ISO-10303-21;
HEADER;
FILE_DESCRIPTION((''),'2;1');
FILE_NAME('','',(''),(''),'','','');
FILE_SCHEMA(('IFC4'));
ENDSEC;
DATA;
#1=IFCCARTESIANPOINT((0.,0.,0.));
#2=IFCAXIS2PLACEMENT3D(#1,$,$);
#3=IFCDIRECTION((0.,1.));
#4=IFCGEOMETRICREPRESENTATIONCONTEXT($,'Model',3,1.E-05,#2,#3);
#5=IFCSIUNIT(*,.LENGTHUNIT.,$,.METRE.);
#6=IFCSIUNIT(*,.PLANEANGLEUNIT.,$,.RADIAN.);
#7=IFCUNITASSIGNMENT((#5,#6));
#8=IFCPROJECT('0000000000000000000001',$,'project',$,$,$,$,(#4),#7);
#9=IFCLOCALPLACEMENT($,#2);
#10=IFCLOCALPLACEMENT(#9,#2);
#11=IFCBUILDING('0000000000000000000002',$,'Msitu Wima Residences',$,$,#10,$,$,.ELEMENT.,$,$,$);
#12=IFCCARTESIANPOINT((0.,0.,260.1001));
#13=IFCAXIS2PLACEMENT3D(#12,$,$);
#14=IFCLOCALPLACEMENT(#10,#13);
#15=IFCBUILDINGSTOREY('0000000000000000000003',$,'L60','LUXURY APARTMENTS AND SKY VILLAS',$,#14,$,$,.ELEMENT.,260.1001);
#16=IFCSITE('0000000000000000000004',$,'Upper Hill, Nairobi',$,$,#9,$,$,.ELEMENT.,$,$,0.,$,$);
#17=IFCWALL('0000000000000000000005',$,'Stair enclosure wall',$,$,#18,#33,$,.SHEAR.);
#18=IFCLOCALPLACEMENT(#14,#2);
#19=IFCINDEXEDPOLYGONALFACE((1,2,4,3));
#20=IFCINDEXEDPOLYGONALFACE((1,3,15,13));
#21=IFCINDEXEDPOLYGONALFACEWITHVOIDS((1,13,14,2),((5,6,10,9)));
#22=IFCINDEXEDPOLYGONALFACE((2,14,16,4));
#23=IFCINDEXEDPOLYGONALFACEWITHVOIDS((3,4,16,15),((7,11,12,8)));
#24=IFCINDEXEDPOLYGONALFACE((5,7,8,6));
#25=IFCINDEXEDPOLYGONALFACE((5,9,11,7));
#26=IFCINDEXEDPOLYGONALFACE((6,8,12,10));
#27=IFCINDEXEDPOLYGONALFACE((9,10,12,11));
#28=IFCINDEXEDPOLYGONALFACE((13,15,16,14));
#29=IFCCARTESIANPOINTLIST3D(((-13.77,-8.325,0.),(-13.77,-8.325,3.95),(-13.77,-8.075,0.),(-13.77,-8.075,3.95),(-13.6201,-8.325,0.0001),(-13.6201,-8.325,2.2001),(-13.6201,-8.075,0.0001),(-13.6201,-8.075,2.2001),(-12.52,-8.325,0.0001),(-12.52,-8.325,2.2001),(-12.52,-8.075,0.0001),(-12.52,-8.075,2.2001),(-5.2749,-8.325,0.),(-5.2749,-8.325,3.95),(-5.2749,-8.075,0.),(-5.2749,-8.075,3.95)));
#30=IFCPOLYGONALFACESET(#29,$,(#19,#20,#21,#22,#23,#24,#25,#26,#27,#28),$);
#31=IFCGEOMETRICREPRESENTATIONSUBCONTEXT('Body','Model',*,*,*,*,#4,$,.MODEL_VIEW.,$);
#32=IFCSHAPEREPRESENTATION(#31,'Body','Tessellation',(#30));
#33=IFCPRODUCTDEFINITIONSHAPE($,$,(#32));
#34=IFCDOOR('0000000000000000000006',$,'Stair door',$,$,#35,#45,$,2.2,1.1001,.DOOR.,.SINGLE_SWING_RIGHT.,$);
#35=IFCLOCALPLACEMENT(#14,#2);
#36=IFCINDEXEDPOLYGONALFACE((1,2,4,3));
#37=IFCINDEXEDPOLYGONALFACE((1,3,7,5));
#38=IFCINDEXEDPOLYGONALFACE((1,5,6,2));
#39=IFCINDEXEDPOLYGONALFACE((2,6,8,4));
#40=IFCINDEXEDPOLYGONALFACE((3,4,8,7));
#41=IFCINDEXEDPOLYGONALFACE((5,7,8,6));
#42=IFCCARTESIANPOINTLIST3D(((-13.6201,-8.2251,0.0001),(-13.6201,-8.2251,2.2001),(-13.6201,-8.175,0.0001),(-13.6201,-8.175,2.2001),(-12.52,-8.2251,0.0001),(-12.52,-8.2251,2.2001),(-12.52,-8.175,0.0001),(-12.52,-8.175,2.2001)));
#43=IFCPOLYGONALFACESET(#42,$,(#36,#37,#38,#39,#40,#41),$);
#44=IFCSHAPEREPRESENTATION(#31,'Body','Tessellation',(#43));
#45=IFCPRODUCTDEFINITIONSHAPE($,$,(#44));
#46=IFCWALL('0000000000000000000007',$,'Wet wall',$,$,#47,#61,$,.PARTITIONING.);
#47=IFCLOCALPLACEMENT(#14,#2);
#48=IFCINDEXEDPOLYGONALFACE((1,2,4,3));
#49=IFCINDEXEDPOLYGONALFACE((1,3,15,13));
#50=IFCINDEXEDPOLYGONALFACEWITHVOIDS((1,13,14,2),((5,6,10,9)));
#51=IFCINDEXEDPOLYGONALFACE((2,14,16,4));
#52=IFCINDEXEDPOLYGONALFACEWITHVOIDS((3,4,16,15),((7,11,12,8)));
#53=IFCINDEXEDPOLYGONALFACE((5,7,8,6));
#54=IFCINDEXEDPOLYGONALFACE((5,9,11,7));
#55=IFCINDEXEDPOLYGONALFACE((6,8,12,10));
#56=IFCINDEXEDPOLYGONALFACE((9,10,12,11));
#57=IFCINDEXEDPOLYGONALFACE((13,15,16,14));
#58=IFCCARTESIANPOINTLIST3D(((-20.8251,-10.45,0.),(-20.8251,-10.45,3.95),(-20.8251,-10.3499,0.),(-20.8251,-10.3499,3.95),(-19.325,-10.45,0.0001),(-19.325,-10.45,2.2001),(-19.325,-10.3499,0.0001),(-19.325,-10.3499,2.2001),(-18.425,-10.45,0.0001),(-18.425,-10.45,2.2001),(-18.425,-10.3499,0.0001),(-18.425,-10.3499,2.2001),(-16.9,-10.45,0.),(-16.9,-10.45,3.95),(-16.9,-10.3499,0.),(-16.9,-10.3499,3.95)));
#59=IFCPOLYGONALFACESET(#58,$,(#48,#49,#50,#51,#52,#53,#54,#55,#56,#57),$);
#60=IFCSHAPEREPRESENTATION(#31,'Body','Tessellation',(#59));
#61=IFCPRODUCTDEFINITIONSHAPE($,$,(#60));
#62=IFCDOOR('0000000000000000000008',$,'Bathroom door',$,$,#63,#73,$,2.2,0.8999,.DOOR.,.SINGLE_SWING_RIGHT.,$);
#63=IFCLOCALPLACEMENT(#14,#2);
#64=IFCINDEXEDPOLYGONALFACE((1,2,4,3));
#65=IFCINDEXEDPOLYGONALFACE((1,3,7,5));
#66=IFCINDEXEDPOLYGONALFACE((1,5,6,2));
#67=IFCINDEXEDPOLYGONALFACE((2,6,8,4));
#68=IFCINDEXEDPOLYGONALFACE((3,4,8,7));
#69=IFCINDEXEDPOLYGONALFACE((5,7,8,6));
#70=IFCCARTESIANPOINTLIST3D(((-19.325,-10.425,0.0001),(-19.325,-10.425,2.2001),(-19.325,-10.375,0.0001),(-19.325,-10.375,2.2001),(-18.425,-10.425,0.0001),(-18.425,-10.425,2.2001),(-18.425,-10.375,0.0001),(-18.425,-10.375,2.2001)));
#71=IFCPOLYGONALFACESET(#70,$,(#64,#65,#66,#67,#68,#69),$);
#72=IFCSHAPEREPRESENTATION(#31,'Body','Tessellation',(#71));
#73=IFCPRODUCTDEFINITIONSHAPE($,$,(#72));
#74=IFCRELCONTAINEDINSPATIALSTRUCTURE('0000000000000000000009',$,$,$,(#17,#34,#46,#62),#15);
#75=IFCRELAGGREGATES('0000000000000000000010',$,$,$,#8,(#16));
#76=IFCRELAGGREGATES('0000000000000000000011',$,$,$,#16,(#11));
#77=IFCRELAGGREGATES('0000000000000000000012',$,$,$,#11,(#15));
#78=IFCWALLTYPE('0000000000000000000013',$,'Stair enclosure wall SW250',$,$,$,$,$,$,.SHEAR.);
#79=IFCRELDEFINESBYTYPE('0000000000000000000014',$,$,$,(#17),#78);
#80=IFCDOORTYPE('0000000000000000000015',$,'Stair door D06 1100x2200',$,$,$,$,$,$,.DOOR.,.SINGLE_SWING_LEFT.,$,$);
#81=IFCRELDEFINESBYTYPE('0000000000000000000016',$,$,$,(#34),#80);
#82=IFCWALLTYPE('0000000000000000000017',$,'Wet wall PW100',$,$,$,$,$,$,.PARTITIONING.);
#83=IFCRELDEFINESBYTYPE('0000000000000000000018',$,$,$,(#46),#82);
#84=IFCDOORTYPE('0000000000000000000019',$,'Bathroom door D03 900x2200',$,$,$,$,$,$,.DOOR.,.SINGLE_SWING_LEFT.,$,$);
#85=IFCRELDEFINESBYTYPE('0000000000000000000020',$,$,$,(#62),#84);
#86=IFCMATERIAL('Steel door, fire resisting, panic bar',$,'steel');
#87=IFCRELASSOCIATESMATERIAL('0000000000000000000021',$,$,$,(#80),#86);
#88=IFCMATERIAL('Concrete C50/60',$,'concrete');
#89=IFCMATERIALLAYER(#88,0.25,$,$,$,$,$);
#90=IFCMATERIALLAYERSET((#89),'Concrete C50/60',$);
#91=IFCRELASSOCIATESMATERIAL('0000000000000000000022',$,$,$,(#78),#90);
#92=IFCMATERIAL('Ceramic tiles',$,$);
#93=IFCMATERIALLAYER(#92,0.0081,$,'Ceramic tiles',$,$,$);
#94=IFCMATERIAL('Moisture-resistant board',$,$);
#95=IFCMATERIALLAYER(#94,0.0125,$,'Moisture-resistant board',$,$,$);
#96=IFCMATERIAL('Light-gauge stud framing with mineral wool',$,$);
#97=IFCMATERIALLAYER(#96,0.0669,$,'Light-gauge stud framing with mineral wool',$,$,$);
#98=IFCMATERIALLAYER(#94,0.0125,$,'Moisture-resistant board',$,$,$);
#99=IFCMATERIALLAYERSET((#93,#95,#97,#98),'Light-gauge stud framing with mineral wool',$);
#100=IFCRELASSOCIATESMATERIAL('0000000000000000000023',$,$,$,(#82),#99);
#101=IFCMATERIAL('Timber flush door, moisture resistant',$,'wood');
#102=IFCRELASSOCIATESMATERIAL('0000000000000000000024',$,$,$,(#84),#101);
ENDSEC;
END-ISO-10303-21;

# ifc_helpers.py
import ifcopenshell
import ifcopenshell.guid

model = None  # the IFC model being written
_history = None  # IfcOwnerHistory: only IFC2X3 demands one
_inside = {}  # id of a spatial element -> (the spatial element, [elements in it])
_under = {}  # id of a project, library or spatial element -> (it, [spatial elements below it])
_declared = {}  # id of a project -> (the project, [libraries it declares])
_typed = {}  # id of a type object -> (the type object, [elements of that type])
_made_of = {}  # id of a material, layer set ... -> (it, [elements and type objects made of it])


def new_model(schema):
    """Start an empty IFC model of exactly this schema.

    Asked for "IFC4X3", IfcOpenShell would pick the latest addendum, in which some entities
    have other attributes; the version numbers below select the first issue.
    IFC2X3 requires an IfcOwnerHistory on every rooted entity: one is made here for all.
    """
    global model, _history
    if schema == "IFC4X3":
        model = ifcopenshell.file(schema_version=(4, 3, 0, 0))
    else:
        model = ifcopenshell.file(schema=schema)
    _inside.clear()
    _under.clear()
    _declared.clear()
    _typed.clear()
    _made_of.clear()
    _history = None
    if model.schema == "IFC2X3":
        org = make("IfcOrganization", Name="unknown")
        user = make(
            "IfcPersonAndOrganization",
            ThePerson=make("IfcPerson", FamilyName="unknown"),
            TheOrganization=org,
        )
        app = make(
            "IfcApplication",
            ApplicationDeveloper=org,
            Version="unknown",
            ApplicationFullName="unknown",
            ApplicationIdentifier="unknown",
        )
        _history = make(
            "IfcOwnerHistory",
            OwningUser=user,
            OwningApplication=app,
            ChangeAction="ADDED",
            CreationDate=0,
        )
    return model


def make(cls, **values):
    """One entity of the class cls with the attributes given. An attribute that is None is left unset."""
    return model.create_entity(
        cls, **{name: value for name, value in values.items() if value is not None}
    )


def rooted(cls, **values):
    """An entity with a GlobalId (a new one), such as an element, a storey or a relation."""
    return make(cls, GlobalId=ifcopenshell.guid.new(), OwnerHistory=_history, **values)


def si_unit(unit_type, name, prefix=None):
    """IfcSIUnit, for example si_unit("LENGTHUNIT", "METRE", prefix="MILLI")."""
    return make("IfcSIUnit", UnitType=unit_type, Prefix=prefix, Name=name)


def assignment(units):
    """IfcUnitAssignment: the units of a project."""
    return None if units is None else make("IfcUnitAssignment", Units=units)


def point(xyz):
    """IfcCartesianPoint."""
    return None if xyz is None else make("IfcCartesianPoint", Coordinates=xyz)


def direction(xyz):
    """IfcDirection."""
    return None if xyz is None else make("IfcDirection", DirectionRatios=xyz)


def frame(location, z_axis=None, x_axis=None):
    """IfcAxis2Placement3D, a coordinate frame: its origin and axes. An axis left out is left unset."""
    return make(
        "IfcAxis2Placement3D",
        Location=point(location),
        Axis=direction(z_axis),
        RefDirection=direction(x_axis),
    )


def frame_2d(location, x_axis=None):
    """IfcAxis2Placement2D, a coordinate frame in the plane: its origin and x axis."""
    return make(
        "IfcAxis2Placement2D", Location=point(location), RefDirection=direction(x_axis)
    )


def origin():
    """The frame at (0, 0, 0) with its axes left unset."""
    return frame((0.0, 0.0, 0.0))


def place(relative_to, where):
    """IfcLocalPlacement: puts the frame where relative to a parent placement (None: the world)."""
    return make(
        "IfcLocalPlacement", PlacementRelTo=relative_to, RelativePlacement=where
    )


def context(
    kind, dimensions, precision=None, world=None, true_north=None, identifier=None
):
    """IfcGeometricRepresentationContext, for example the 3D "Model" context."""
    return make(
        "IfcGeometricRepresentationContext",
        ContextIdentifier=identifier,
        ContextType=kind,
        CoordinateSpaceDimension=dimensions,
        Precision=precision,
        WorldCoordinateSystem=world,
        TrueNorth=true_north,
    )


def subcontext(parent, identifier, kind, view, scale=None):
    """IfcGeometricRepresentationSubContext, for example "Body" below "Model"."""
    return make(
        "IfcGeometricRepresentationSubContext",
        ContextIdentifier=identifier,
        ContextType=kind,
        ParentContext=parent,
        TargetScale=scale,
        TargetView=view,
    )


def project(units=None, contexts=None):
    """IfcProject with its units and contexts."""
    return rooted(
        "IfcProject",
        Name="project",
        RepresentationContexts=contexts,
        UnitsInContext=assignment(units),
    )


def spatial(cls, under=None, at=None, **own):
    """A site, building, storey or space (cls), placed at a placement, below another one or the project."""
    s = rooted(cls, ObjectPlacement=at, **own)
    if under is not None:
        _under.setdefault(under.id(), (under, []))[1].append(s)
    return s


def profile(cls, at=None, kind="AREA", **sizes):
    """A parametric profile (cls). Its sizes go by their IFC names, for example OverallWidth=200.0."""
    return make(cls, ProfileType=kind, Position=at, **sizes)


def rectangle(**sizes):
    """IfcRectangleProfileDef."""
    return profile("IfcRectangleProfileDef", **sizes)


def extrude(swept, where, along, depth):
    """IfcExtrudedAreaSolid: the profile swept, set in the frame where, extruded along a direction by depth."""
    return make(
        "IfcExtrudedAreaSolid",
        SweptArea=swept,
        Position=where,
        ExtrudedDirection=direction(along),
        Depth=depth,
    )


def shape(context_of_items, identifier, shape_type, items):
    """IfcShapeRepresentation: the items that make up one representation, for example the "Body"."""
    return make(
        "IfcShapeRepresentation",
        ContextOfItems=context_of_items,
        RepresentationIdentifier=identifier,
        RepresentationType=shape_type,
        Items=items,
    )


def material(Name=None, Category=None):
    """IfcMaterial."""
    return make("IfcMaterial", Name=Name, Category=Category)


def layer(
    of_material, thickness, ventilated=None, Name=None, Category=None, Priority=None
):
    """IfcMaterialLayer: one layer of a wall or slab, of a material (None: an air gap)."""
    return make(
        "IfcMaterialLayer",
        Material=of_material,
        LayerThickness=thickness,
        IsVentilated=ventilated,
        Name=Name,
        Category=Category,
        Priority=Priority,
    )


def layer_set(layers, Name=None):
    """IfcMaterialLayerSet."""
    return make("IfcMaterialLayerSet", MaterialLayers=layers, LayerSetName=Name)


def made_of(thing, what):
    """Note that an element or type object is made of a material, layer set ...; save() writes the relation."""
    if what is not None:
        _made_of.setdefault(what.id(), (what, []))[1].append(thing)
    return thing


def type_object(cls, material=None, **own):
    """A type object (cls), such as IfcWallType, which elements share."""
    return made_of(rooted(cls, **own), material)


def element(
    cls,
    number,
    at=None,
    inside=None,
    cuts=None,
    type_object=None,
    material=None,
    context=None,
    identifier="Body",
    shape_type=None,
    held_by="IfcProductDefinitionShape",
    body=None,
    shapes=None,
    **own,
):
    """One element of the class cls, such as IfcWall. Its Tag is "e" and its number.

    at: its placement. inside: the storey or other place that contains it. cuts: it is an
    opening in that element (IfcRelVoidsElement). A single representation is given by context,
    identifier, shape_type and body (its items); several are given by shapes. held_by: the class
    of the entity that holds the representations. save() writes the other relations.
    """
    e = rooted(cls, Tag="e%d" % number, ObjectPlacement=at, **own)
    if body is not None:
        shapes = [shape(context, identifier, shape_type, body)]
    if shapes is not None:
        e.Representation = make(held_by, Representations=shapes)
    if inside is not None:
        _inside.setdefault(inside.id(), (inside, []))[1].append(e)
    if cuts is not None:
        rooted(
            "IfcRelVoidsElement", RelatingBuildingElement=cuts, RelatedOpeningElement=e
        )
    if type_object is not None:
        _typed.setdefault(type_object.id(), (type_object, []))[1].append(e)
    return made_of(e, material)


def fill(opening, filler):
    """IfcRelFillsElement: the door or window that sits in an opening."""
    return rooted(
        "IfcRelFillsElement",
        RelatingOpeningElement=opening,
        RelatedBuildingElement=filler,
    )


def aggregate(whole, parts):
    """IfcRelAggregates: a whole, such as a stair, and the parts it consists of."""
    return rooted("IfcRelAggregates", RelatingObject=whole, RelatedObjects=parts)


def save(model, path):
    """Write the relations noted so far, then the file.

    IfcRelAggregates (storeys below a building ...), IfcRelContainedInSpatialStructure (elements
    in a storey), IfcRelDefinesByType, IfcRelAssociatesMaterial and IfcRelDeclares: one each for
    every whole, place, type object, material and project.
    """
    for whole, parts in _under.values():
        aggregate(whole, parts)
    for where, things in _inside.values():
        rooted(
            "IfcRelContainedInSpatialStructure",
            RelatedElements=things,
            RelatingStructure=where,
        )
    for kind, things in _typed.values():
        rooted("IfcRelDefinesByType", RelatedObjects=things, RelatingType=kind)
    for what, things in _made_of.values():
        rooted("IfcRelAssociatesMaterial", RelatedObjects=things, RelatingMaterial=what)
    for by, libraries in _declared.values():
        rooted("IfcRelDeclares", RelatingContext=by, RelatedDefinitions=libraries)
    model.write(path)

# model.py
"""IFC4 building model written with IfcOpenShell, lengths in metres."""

from ifc_helpers import new_model, si_unit, direction, frame, frame_2d, origin, place, context, subcontext, project, spatial, rectangle, extrude, material, layer, layer_set, type_object, element, fill, save


model = new_model("IFC4")

# Units and contexts
model_context = context("Model", 3, precision=1e-05, world=origin(), true_north=direction((0.0, 1.0)))
body_context = subcontext(model_context, "Body", "Model", "MODEL_VIEW")
ifc_project = project(units=[si_unit("LENGTHUNIT", "METRE"), si_unit("PLANEANGLEUNIT", "RADIAN")], contexts=[model_context])

# Site, building, storey
site_placement = place(None, origin())
site = spatial("IfcSite", under=ifc_project, at=site_placement, Name="Upper Hill, Nairobi", CompositionType="ELEMENT", RefElevation=0.0)
building_placement = place(site_placement, origin())
building = spatial("IfcBuilding", under=site, at=building_placement, Name="Msitu Wima Residences", CompositionType="ELEMENT")
storey_placement = place(building_placement, frame((0.0, 0.0, 260.1001)))
storey = spatial("IfcBuildingStorey", under=building, at=storey_placement, Name="L60", Description="LUXURY APARTMENTS AND SKY VILLAS", CompositionType="ELEMENT", Elevation=260.1001)

# Shared definitions
ifc_material_1 = material(Name="Concrete C50/60", Category="concrete")

# Shared definitions
ifc_material_2 = material(Name="Steel door, fire resisting, panic bar", Category="steel")
door_type_1 = type_object("IfcDoorType", Name="Stair door D06 1100x2200", OperationType="SINGLE_SWING_LEFT", PredefinedType="DOOR", material=ifc_material_2)

# Walls, openings, doors
ifc_layer_1 = layer(ifc_material_1, 0.25)
ifc_layer_set_1 = layer_set([ifc_layer_1], Name="Concrete C50/60")
wall_type_1 = type_object("IfcWallType", Name="Stair enclosure wall SW250", PredefinedType="SHEAR", material=ifc_layer_set_1)
wall_1_placement = place(storey_placement, frame((-13.77, -8.2, 0.0), z_axis=(0.0, 0.0, 1.0), x_axis=(1.0, 0.0, 0.0)))
wall_1 = element("IfcWall", 1, at=wall_1_placement, inside=storey, type_object=wall_type_1, Name="Stair enclosure wall", PredefinedType="SHEAR", context=body_context, shape_type="SweptSolid", body=[
    extrude(rectangle(XDim=8.4951, YDim=0.25, at=frame_2d((4.2476, 0.0))), origin(), (0.0, 0.0, 1.0), 3.95),
])
opening_1_placement = place(wall_1_placement, frame((0.1499, 0.0, 0.0)))
opening_1 = element("IfcOpeningElement", 2, at=opening_1_placement, cuts=wall_1, PredefinedType="OPENING", context=body_context, shape_type="SweptSolid", body=[
    extrude(rectangle(XDim=1.1001, YDim=2.2, at=frame_2d((0.55, 1.1001))), frame((0.0, 0.135, 0.0), z_axis=(0.0, -1.0, 0.0), x_axis=(1.0, 0.0, 0.0)), (0.0, 0.0, 1.0), 0.27),
])
door_1_placement = place(opening_1_placement, origin())
door_1 = element("IfcDoor", 3, at=door_1_placement, inside=storey, type_object=door_type_1, Name="Stair door", OperationType="SINGLE_SWING_RIGHT", OverallHeight=2.2, OverallWidth=1.1001, PredefinedType="DOOR", context=body_context, shape_type="SweptSolid", body=[
    extrude(rectangle(XDim=1.1001, YDim=2.2, at=frame_2d((0.55, 1.1001))), frame((0.0, 0.0249, 0.0), z_axis=(0.0, -1.0, 0.0), x_axis=(1.0, 0.0, 0.0)), (0.0, 0.0, 1.0), 0.05),
])
fill(opening_1, door_1)
ifc_material_3 = material(Name="Ceramic tiles")
ifc_layer_2 = layer(ifc_material_3, 0.0081, Name="Ceramic tiles")
ifc_material_4 = material(Name="Moisture-resistant board")
ifc_layer_3 = layer(ifc_material_4, 0.0125, Name="Moisture-resistant board")
ifc_material_5 = material(Name="Light-gauge stud framing with mineral wool")
ifc_layer_4 = layer(ifc_material_5, 0.0669, Name="Light-gauge stud framing with mineral wool")
ifc_layer_5 = layer(ifc_material_4, 0.0125, Name="Moisture-resistant board")
ifc_layer_set_2 = layer_set([ifc_layer_2, ifc_layer_3, ifc_layer_4, ifc_layer_5], Name="Light-gauge stud framing with mineral wool")
wall_type_2 = type_object("IfcWallType", Name="Wet wall PW100", PredefinedType="PARTITIONING", material=ifc_layer_set_2)
wall_2_placement = place(storey_placement, frame((-20.825, -10.3999, 0.0), z_axis=(0.0, 0.0, 1.0), x_axis=(1.0, 0.0, 0.0)))
wall_2 = element("IfcWall", 4, at=wall_2_placement, inside=storey, type_object=wall_type_2, Name="Wet wall", PredefinedType="PARTITIONING", context=body_context, shape_type="SweptSolid", body=[
    extrude(rectangle(XDim=3.925, YDim=0.1001, at=frame_2d((1.9624, 0.0))), origin(), (0.0, 0.0, 1.0), 3.95),
])
opening_2_placement = place(wall_2_placement, frame((1.5, 0.0, 0.0)))
opening_2 = element("IfcOpeningElement", 5, at=opening_2_placement, cuts=wall_2, PredefinedType="OPENING", context=body_context, shape_type="SweptSolid", body=[
    extrude(rectangle(XDim=0.8999, YDim=2.2, at=frame_2d((0.45, 1.1001))), frame((0.0, 0.0601, 0.0), z_axis=(0.0, -1.0, 0.0), x_axis=(1.0, 0.0, 0.0)), (0.0, 0.0, 1.0), 0.1201),
])
ifc_material_6 = material(Name="Timber flush door, moisture resistant", Category="wood")
door_type_2 = type_object("IfcDoorType", Name="Bathroom door D03 900x2200", OperationType="SINGLE_SWING_LEFT", PredefinedType="DOOR", material=ifc_material_6)
door_2_placement = place(opening_2_placement, origin())
door_2 = element("IfcDoor", 6, at=door_2_placement, inside=storey, type_object=door_type_2, Name="Bathroom door", OperationType="SINGLE_SWING_RIGHT", OverallHeight=2.2, OverallWidth=0.8999, PredefinedType="DOOR", context=body_context, shape_type="SweptSolid", body=[
    extrude(rectangle(XDim=0.8999, YDim=2.2, at=frame_2d((0.45, 1.1001))), frame((0.0, 0.0249, 0.0), z_axis=(0.0, -1.0, 0.0), x_axis=(1.0, 0.0, 0.0)), (0.0, 0.0, 1.0), 0.05),
])
fill(opening_2, door_2)

save(model, "model.ifc")
